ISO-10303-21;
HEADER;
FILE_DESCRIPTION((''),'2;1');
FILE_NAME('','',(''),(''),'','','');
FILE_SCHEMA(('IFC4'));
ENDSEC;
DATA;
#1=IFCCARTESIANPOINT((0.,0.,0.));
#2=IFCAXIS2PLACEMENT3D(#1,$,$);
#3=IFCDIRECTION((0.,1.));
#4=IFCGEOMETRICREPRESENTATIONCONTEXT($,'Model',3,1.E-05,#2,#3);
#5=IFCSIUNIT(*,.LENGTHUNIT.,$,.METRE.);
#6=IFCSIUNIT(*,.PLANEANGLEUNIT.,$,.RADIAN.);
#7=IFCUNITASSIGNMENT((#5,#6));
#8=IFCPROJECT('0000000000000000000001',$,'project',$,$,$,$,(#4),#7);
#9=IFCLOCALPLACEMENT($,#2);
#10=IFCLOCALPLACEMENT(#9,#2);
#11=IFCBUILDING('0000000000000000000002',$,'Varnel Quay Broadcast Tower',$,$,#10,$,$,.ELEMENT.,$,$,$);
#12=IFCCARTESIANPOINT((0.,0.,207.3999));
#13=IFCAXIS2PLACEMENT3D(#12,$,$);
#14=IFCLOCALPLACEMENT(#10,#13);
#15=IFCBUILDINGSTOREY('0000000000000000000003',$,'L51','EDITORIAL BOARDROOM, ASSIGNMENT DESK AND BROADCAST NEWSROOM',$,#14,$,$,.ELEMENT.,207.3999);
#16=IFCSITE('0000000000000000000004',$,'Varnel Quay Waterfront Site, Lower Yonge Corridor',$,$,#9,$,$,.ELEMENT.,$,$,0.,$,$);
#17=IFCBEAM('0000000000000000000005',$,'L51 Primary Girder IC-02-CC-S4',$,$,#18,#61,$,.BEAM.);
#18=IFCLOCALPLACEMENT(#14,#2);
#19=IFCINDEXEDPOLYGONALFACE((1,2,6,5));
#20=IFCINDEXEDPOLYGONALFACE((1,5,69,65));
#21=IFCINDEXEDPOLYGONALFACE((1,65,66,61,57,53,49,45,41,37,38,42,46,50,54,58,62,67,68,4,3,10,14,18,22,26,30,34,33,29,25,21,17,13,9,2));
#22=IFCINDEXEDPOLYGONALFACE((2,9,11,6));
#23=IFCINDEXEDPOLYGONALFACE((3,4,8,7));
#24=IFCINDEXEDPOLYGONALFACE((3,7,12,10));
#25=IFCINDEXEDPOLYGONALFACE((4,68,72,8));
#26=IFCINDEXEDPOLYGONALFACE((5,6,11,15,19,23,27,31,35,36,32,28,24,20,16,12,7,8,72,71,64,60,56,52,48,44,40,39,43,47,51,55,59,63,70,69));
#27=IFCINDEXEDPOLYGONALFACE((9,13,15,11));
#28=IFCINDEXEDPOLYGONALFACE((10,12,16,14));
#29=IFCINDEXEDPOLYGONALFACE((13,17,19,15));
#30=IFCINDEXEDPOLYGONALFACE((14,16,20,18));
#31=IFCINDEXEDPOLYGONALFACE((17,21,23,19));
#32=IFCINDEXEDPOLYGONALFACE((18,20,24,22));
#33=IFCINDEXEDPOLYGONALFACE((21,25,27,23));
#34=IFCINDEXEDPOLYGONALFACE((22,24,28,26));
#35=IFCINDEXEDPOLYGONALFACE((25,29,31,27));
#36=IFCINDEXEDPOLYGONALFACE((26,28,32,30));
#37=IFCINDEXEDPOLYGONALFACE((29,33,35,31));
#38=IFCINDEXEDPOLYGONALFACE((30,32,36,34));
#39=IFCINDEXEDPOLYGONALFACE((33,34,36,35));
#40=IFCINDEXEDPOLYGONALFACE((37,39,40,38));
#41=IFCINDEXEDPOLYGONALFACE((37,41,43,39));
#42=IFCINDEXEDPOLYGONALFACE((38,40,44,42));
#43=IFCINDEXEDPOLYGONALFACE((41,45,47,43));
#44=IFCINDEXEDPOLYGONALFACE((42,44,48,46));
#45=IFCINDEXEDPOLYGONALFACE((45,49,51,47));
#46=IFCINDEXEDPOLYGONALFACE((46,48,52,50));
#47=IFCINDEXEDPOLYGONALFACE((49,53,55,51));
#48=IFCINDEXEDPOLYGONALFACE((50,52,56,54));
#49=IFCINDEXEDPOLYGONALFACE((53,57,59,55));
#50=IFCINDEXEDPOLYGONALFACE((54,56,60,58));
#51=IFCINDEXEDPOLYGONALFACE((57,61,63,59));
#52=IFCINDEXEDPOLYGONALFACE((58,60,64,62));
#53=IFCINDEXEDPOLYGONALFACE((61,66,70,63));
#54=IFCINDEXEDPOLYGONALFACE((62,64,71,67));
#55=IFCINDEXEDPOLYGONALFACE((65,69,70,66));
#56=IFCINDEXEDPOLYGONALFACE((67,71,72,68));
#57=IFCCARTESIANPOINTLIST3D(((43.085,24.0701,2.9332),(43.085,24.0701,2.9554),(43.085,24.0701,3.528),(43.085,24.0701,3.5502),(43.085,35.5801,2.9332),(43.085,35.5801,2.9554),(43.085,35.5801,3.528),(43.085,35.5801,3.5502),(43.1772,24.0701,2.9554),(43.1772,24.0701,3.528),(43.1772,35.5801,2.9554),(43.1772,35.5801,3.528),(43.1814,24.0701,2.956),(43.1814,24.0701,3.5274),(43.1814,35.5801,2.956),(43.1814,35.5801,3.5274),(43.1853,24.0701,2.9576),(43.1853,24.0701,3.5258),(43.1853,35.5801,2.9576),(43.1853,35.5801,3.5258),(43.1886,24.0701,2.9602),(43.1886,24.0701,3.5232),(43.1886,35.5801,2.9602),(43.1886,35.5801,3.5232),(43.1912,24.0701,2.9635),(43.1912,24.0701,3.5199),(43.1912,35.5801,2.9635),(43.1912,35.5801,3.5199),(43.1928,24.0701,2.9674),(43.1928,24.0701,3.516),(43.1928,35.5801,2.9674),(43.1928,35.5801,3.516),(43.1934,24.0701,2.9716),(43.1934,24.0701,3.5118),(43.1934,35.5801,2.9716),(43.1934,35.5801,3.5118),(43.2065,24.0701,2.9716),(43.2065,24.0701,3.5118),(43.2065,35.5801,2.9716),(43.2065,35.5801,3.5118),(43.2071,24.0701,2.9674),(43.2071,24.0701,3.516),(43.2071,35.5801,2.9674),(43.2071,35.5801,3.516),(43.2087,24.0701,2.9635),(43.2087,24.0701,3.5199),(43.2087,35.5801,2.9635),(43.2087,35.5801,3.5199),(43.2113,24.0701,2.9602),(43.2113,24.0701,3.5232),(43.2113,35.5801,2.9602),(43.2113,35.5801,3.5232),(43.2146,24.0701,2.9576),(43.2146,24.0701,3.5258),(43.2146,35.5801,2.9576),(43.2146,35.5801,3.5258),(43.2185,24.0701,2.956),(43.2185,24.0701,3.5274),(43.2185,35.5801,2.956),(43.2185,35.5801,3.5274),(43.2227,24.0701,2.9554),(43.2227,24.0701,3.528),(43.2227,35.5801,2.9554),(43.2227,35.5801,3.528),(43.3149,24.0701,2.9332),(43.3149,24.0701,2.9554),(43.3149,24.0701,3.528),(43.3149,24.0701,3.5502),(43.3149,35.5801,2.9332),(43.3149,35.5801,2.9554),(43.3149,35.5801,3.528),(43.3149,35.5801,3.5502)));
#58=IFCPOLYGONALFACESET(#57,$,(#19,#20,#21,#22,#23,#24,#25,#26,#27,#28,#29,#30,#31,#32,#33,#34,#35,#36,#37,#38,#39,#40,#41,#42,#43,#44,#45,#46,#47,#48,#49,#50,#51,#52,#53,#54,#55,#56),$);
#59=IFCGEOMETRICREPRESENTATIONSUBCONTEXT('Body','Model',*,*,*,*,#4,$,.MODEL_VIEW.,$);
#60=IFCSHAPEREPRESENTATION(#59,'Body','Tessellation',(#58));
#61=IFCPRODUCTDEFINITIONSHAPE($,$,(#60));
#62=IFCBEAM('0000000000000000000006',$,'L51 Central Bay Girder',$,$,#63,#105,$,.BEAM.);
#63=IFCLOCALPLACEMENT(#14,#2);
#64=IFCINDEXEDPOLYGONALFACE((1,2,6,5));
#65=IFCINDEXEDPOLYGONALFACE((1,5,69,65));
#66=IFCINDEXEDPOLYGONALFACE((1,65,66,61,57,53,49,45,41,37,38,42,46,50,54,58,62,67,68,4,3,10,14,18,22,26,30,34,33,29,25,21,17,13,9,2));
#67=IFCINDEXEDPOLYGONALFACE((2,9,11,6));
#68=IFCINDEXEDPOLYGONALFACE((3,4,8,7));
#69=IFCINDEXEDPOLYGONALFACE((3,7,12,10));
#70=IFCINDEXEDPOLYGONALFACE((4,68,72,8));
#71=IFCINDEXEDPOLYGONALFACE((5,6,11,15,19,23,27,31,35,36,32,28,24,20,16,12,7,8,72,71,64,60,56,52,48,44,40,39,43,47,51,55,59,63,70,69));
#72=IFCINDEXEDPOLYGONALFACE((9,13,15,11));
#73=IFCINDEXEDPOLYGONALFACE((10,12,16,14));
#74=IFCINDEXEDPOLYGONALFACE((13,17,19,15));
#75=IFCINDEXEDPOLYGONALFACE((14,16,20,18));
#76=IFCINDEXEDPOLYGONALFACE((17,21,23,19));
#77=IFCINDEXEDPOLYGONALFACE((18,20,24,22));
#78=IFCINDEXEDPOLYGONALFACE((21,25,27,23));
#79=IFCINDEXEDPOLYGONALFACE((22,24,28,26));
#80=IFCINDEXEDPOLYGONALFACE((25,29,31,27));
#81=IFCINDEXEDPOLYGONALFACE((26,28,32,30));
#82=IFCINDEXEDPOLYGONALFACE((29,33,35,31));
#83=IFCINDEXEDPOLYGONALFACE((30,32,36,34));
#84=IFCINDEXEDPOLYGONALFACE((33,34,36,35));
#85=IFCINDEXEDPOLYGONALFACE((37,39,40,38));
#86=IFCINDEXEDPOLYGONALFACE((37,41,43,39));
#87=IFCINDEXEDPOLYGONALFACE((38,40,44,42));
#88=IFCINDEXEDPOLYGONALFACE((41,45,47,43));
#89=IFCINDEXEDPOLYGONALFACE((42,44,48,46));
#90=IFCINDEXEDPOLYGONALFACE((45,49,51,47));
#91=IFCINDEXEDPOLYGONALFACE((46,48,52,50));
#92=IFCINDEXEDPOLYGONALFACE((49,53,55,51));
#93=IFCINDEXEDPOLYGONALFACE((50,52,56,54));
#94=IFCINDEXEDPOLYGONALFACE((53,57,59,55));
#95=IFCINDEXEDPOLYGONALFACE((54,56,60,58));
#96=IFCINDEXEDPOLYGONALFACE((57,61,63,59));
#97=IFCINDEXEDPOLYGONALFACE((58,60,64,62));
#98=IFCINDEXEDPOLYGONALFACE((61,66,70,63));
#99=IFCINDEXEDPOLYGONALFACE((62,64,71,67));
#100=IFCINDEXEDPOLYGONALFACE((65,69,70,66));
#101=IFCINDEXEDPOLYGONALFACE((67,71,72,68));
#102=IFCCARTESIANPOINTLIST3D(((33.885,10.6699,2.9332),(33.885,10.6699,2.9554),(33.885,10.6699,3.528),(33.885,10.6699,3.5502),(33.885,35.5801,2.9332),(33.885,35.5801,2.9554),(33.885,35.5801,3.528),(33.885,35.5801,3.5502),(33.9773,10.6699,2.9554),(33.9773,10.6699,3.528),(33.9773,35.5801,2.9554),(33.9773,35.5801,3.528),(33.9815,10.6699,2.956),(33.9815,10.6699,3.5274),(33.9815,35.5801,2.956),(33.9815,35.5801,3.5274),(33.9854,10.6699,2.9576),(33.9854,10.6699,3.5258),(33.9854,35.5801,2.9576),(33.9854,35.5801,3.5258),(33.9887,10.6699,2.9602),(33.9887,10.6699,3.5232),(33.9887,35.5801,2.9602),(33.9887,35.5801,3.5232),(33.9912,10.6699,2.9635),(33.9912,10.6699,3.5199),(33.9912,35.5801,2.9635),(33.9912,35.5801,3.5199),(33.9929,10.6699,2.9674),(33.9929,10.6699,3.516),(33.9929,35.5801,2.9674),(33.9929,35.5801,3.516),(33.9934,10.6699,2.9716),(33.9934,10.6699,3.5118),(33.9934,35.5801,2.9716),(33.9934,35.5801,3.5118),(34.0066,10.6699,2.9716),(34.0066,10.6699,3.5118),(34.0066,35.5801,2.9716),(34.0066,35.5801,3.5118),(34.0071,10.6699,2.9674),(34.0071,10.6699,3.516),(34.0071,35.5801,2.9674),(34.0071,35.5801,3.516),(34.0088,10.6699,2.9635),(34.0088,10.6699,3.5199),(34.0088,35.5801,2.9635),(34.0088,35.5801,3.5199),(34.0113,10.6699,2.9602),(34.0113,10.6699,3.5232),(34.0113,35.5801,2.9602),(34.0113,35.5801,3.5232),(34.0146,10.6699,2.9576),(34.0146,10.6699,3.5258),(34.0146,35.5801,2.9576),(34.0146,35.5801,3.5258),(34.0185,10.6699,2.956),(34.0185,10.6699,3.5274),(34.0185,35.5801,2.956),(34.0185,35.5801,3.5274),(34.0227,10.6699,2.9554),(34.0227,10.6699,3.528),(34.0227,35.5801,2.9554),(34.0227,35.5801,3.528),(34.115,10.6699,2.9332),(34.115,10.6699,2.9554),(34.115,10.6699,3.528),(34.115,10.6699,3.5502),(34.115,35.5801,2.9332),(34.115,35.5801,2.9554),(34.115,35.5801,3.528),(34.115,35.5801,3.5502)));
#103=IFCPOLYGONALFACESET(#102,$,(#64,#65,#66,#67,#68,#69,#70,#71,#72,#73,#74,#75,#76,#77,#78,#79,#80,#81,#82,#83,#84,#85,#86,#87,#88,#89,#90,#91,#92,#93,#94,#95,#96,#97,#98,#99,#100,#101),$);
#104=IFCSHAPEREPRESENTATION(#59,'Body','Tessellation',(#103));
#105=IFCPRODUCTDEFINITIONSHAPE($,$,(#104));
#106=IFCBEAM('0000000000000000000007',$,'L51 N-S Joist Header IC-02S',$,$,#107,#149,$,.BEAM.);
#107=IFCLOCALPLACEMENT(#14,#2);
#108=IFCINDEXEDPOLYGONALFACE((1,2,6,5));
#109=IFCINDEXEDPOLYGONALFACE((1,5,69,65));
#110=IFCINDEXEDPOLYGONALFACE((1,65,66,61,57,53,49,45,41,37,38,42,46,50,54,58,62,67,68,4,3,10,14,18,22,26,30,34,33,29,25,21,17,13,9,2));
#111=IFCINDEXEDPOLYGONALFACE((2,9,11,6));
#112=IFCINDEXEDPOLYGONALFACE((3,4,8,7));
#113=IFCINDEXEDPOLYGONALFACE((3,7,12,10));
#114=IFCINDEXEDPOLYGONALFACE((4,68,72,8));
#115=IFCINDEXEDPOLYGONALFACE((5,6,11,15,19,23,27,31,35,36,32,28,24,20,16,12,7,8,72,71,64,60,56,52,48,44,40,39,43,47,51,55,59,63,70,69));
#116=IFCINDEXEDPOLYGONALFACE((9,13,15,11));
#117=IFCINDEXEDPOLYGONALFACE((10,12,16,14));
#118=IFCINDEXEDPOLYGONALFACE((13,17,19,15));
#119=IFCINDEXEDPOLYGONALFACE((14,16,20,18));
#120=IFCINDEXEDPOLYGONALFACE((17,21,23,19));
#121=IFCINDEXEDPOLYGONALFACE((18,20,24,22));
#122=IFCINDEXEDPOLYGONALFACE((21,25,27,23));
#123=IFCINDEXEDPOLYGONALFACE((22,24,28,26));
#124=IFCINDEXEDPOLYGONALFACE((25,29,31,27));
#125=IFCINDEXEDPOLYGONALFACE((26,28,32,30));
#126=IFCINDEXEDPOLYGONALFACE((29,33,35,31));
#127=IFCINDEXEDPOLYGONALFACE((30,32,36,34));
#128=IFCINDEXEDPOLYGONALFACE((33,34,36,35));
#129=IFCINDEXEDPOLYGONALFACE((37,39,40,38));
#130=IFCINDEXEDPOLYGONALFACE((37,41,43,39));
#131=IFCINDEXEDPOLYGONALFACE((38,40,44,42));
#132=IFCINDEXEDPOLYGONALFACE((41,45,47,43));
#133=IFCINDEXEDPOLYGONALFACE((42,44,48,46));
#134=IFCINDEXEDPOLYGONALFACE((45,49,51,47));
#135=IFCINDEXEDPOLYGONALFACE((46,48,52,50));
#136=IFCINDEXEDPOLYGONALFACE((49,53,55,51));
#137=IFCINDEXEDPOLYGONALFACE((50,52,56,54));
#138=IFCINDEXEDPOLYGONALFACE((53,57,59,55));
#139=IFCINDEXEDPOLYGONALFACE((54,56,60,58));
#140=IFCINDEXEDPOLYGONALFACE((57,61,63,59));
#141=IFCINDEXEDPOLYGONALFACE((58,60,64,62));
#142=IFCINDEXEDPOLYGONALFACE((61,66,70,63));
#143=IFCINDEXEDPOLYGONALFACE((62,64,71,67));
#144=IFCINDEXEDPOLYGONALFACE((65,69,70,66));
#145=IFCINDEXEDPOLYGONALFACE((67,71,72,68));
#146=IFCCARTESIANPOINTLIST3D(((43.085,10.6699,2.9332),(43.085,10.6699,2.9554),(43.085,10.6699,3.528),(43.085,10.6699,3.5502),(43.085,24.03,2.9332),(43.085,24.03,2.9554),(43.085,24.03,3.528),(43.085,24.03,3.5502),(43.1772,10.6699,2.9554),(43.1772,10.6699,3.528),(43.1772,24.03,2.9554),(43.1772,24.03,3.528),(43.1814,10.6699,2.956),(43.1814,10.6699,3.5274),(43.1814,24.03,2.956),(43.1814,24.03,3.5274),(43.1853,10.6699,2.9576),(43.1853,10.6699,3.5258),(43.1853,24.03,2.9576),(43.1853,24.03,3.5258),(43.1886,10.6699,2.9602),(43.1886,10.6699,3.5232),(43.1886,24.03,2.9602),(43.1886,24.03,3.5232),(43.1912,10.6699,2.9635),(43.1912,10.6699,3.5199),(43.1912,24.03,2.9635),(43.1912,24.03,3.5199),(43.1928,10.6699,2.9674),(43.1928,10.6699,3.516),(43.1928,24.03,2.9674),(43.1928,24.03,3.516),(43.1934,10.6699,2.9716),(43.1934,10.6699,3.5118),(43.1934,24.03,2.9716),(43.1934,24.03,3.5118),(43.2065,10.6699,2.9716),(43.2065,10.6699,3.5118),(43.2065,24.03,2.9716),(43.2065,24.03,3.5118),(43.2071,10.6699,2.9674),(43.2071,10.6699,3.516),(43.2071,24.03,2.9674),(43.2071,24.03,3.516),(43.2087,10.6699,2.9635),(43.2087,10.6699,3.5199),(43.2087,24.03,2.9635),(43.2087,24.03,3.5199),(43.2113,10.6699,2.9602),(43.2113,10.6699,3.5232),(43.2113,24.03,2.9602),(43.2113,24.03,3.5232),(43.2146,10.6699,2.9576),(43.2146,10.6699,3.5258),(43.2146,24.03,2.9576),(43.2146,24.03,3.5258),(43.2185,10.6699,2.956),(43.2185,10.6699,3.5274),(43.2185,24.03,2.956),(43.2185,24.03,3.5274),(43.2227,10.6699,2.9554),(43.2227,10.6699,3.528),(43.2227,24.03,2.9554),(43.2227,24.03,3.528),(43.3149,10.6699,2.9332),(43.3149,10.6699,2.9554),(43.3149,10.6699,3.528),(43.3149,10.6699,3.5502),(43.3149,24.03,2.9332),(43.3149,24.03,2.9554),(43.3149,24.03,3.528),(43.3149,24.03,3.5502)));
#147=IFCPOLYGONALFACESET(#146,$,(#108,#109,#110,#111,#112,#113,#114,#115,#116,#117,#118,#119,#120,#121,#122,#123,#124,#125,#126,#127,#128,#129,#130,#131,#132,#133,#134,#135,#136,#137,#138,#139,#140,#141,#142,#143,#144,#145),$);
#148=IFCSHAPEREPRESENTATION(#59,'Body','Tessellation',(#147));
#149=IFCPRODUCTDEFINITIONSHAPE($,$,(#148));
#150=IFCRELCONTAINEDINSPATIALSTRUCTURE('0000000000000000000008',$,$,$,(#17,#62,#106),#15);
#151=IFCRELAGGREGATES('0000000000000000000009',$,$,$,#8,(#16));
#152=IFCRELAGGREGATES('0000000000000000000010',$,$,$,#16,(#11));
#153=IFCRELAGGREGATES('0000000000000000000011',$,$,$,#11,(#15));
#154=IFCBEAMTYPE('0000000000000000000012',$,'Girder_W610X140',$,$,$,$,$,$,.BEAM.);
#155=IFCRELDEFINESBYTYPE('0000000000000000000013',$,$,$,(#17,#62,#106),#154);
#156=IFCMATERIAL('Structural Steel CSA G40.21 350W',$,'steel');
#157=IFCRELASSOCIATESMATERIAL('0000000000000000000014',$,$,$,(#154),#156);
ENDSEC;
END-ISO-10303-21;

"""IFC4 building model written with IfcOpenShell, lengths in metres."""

from ifc_helpers import new_model, si_unit, direction, frame, origin, origin_2d, place, context, subcontext, project, spatial, i_section, extrude, source, transform, mapped, material, material_profile, profile_set, type_object, element, save


model = new_model("IFC4")

# Units and contexts
model_context = context("Model", 3, precision=1e-05, world=origin(), true_north=direction((0.0, 1.0)))
body_context = subcontext(model_context, "Body", "Model", "MODEL_VIEW")
ifc_project = project(units=[si_unit("LENGTHUNIT", "METRE"), si_unit("PLANEANGLEUNIT", "RADIAN")], contexts=[model_context])

# Site, building, storey
site_placement = place(None, origin())
site = spatial("IfcSite", under=ifc_project, at=site_placement, Name="Varnel Quay Waterfront Site, Lower Yonge Corridor", CompositionType="ELEMENT", RefElevation=0.0)
building_placement = place(site_placement, origin())
building = spatial("IfcBuilding", under=site, at=building_placement, Name="Varnel Quay Broadcast Tower", CompositionType="ELEMENT")
storey_placement = place(building_placement, frame((0.0, 0.0, 207.3999)))
storey = spatial("IfcBuildingStorey", under=building, at=storey_placement, Name="L51", Description="EDITORIAL BOARDROOM, ASSIGNMENT DESK AND BROADCAST NEWSROOM", CompositionType="ELEMENT", Elevation=207.3999)

# Shared definitions
ifc_material_1 = material(Name="Structural Steel CSA G40.21 350W", Category="steel")

# Beams
ifc_material_profile_1 = material_profile(ifc_material_1, i_section(OverallWidth=0.23, OverallDepth=0.6169, WebThickness=0.0132, FlangeThickness=0.0222, FilletRadius=0.0161, at=origin_2d()), Name="W610X140")
ifc_profile_set_1 = profile_set([ifc_material_profile_1], Name="Structural Steel CSA G40.21 350W")
beam_type_1 = type_object("IfcBeamType", Name="Girder_W610X140", PredefinedType="BEAM", material=ifc_profile_set_1)
shared_shape_1 = source(origin(), body_context, "Body", "SweptSolid", [
    extrude(i_section(OverallWidth=0.23, OverallDepth=0.6169, WebThickness=0.0132, FlangeThickness=0.0222, FilletRadius=0.0161, at=origin_2d()), origin(), (0.0, 0.0, 1.0), 11.51),
])
beam_1_placement = place(storey_placement, frame((43.2, 24.0701, 3.2417), z_axis=(0.0, 1.0, 0.0), x_axis=(-1.0, 0.0, 0.0)))
element("IfcBeam", 1, at=beam_1_placement, inside=storey, type_object=beam_type_1, Name="L51 Primary Girder IC-02-CC-S4", PredefinedType="BEAM", context=body_context, shape_type="MappedRepresentation", body=[
    mapped(shared_shape_1, transform((0.0, 0.0, 0.0), x_axis=(1.0, 0.0, 0.0), y_axis=(0.0, 1.0, 0.0), z_axis=(0.0, 0.0, 1.0), scale=1.0)),
])
shared_shape_2 = source(origin(), body_context, "Body", "SweptSolid", [
    extrude(i_section(OverallWidth=0.23, OverallDepth=0.6169, WebThickness=0.0132, FlangeThickness=0.0222, FilletRadius=0.0161, at=origin_2d()), origin(), (0.0, 0.0, 1.0), 24.9102),
])
beam_2_placement = place(storey_placement, frame((34.0, 10.6699, 3.2417), z_axis=(0.0, 1.0, 0.0), x_axis=(-1.0, 0.0, 0.0)))
element("IfcBeam", 2, at=beam_2_placement, inside=storey, type_object=beam_type_1, Name="L51 Central Bay Girder", PredefinedType="BEAM", context=body_context, shape_type="MappedRepresentation", body=[
    mapped(shared_shape_2, transform((0.0, 0.0, 0.0), x_axis=(1.0, 0.0, 0.0), y_axis=(0.0, 1.0, 0.0), z_axis=(0.0, 0.0, 1.0), scale=1.0)),
])
shared_shape_3 = source(origin(), body_context, "Body", "SweptSolid", [
    extrude(i_section(OverallWidth=0.23, OverallDepth=0.6169, WebThickness=0.0132, FlangeThickness=0.0222, FilletRadius=0.0161, at=origin_2d()), origin(), (0.0, 0.0, 1.0), 13.3601),
])
beam_3_placement = place(storey_placement, frame((43.2, 10.6699, 3.2417), z_axis=(0.0, 1.0, 0.0), x_axis=(-1.0, 0.0, 0.0)))
element("IfcBeam", 3, at=beam_3_placement, inside=storey, type_object=beam_type_1, Name="L51 N-S Joist Header IC-02S", PredefinedType="BEAM", context=body_context, shape_type="MappedRepresentation", body=[
    mapped(shared_shape_3, transform((0.0, 0.0, 0.0), x_axis=(1.0, 0.0, 0.0), y_axis=(0.0, 1.0, 0.0), z_axis=(0.0, 0.0, 1.0), scale=1.0)),
])

save(model, "model.ifc")
